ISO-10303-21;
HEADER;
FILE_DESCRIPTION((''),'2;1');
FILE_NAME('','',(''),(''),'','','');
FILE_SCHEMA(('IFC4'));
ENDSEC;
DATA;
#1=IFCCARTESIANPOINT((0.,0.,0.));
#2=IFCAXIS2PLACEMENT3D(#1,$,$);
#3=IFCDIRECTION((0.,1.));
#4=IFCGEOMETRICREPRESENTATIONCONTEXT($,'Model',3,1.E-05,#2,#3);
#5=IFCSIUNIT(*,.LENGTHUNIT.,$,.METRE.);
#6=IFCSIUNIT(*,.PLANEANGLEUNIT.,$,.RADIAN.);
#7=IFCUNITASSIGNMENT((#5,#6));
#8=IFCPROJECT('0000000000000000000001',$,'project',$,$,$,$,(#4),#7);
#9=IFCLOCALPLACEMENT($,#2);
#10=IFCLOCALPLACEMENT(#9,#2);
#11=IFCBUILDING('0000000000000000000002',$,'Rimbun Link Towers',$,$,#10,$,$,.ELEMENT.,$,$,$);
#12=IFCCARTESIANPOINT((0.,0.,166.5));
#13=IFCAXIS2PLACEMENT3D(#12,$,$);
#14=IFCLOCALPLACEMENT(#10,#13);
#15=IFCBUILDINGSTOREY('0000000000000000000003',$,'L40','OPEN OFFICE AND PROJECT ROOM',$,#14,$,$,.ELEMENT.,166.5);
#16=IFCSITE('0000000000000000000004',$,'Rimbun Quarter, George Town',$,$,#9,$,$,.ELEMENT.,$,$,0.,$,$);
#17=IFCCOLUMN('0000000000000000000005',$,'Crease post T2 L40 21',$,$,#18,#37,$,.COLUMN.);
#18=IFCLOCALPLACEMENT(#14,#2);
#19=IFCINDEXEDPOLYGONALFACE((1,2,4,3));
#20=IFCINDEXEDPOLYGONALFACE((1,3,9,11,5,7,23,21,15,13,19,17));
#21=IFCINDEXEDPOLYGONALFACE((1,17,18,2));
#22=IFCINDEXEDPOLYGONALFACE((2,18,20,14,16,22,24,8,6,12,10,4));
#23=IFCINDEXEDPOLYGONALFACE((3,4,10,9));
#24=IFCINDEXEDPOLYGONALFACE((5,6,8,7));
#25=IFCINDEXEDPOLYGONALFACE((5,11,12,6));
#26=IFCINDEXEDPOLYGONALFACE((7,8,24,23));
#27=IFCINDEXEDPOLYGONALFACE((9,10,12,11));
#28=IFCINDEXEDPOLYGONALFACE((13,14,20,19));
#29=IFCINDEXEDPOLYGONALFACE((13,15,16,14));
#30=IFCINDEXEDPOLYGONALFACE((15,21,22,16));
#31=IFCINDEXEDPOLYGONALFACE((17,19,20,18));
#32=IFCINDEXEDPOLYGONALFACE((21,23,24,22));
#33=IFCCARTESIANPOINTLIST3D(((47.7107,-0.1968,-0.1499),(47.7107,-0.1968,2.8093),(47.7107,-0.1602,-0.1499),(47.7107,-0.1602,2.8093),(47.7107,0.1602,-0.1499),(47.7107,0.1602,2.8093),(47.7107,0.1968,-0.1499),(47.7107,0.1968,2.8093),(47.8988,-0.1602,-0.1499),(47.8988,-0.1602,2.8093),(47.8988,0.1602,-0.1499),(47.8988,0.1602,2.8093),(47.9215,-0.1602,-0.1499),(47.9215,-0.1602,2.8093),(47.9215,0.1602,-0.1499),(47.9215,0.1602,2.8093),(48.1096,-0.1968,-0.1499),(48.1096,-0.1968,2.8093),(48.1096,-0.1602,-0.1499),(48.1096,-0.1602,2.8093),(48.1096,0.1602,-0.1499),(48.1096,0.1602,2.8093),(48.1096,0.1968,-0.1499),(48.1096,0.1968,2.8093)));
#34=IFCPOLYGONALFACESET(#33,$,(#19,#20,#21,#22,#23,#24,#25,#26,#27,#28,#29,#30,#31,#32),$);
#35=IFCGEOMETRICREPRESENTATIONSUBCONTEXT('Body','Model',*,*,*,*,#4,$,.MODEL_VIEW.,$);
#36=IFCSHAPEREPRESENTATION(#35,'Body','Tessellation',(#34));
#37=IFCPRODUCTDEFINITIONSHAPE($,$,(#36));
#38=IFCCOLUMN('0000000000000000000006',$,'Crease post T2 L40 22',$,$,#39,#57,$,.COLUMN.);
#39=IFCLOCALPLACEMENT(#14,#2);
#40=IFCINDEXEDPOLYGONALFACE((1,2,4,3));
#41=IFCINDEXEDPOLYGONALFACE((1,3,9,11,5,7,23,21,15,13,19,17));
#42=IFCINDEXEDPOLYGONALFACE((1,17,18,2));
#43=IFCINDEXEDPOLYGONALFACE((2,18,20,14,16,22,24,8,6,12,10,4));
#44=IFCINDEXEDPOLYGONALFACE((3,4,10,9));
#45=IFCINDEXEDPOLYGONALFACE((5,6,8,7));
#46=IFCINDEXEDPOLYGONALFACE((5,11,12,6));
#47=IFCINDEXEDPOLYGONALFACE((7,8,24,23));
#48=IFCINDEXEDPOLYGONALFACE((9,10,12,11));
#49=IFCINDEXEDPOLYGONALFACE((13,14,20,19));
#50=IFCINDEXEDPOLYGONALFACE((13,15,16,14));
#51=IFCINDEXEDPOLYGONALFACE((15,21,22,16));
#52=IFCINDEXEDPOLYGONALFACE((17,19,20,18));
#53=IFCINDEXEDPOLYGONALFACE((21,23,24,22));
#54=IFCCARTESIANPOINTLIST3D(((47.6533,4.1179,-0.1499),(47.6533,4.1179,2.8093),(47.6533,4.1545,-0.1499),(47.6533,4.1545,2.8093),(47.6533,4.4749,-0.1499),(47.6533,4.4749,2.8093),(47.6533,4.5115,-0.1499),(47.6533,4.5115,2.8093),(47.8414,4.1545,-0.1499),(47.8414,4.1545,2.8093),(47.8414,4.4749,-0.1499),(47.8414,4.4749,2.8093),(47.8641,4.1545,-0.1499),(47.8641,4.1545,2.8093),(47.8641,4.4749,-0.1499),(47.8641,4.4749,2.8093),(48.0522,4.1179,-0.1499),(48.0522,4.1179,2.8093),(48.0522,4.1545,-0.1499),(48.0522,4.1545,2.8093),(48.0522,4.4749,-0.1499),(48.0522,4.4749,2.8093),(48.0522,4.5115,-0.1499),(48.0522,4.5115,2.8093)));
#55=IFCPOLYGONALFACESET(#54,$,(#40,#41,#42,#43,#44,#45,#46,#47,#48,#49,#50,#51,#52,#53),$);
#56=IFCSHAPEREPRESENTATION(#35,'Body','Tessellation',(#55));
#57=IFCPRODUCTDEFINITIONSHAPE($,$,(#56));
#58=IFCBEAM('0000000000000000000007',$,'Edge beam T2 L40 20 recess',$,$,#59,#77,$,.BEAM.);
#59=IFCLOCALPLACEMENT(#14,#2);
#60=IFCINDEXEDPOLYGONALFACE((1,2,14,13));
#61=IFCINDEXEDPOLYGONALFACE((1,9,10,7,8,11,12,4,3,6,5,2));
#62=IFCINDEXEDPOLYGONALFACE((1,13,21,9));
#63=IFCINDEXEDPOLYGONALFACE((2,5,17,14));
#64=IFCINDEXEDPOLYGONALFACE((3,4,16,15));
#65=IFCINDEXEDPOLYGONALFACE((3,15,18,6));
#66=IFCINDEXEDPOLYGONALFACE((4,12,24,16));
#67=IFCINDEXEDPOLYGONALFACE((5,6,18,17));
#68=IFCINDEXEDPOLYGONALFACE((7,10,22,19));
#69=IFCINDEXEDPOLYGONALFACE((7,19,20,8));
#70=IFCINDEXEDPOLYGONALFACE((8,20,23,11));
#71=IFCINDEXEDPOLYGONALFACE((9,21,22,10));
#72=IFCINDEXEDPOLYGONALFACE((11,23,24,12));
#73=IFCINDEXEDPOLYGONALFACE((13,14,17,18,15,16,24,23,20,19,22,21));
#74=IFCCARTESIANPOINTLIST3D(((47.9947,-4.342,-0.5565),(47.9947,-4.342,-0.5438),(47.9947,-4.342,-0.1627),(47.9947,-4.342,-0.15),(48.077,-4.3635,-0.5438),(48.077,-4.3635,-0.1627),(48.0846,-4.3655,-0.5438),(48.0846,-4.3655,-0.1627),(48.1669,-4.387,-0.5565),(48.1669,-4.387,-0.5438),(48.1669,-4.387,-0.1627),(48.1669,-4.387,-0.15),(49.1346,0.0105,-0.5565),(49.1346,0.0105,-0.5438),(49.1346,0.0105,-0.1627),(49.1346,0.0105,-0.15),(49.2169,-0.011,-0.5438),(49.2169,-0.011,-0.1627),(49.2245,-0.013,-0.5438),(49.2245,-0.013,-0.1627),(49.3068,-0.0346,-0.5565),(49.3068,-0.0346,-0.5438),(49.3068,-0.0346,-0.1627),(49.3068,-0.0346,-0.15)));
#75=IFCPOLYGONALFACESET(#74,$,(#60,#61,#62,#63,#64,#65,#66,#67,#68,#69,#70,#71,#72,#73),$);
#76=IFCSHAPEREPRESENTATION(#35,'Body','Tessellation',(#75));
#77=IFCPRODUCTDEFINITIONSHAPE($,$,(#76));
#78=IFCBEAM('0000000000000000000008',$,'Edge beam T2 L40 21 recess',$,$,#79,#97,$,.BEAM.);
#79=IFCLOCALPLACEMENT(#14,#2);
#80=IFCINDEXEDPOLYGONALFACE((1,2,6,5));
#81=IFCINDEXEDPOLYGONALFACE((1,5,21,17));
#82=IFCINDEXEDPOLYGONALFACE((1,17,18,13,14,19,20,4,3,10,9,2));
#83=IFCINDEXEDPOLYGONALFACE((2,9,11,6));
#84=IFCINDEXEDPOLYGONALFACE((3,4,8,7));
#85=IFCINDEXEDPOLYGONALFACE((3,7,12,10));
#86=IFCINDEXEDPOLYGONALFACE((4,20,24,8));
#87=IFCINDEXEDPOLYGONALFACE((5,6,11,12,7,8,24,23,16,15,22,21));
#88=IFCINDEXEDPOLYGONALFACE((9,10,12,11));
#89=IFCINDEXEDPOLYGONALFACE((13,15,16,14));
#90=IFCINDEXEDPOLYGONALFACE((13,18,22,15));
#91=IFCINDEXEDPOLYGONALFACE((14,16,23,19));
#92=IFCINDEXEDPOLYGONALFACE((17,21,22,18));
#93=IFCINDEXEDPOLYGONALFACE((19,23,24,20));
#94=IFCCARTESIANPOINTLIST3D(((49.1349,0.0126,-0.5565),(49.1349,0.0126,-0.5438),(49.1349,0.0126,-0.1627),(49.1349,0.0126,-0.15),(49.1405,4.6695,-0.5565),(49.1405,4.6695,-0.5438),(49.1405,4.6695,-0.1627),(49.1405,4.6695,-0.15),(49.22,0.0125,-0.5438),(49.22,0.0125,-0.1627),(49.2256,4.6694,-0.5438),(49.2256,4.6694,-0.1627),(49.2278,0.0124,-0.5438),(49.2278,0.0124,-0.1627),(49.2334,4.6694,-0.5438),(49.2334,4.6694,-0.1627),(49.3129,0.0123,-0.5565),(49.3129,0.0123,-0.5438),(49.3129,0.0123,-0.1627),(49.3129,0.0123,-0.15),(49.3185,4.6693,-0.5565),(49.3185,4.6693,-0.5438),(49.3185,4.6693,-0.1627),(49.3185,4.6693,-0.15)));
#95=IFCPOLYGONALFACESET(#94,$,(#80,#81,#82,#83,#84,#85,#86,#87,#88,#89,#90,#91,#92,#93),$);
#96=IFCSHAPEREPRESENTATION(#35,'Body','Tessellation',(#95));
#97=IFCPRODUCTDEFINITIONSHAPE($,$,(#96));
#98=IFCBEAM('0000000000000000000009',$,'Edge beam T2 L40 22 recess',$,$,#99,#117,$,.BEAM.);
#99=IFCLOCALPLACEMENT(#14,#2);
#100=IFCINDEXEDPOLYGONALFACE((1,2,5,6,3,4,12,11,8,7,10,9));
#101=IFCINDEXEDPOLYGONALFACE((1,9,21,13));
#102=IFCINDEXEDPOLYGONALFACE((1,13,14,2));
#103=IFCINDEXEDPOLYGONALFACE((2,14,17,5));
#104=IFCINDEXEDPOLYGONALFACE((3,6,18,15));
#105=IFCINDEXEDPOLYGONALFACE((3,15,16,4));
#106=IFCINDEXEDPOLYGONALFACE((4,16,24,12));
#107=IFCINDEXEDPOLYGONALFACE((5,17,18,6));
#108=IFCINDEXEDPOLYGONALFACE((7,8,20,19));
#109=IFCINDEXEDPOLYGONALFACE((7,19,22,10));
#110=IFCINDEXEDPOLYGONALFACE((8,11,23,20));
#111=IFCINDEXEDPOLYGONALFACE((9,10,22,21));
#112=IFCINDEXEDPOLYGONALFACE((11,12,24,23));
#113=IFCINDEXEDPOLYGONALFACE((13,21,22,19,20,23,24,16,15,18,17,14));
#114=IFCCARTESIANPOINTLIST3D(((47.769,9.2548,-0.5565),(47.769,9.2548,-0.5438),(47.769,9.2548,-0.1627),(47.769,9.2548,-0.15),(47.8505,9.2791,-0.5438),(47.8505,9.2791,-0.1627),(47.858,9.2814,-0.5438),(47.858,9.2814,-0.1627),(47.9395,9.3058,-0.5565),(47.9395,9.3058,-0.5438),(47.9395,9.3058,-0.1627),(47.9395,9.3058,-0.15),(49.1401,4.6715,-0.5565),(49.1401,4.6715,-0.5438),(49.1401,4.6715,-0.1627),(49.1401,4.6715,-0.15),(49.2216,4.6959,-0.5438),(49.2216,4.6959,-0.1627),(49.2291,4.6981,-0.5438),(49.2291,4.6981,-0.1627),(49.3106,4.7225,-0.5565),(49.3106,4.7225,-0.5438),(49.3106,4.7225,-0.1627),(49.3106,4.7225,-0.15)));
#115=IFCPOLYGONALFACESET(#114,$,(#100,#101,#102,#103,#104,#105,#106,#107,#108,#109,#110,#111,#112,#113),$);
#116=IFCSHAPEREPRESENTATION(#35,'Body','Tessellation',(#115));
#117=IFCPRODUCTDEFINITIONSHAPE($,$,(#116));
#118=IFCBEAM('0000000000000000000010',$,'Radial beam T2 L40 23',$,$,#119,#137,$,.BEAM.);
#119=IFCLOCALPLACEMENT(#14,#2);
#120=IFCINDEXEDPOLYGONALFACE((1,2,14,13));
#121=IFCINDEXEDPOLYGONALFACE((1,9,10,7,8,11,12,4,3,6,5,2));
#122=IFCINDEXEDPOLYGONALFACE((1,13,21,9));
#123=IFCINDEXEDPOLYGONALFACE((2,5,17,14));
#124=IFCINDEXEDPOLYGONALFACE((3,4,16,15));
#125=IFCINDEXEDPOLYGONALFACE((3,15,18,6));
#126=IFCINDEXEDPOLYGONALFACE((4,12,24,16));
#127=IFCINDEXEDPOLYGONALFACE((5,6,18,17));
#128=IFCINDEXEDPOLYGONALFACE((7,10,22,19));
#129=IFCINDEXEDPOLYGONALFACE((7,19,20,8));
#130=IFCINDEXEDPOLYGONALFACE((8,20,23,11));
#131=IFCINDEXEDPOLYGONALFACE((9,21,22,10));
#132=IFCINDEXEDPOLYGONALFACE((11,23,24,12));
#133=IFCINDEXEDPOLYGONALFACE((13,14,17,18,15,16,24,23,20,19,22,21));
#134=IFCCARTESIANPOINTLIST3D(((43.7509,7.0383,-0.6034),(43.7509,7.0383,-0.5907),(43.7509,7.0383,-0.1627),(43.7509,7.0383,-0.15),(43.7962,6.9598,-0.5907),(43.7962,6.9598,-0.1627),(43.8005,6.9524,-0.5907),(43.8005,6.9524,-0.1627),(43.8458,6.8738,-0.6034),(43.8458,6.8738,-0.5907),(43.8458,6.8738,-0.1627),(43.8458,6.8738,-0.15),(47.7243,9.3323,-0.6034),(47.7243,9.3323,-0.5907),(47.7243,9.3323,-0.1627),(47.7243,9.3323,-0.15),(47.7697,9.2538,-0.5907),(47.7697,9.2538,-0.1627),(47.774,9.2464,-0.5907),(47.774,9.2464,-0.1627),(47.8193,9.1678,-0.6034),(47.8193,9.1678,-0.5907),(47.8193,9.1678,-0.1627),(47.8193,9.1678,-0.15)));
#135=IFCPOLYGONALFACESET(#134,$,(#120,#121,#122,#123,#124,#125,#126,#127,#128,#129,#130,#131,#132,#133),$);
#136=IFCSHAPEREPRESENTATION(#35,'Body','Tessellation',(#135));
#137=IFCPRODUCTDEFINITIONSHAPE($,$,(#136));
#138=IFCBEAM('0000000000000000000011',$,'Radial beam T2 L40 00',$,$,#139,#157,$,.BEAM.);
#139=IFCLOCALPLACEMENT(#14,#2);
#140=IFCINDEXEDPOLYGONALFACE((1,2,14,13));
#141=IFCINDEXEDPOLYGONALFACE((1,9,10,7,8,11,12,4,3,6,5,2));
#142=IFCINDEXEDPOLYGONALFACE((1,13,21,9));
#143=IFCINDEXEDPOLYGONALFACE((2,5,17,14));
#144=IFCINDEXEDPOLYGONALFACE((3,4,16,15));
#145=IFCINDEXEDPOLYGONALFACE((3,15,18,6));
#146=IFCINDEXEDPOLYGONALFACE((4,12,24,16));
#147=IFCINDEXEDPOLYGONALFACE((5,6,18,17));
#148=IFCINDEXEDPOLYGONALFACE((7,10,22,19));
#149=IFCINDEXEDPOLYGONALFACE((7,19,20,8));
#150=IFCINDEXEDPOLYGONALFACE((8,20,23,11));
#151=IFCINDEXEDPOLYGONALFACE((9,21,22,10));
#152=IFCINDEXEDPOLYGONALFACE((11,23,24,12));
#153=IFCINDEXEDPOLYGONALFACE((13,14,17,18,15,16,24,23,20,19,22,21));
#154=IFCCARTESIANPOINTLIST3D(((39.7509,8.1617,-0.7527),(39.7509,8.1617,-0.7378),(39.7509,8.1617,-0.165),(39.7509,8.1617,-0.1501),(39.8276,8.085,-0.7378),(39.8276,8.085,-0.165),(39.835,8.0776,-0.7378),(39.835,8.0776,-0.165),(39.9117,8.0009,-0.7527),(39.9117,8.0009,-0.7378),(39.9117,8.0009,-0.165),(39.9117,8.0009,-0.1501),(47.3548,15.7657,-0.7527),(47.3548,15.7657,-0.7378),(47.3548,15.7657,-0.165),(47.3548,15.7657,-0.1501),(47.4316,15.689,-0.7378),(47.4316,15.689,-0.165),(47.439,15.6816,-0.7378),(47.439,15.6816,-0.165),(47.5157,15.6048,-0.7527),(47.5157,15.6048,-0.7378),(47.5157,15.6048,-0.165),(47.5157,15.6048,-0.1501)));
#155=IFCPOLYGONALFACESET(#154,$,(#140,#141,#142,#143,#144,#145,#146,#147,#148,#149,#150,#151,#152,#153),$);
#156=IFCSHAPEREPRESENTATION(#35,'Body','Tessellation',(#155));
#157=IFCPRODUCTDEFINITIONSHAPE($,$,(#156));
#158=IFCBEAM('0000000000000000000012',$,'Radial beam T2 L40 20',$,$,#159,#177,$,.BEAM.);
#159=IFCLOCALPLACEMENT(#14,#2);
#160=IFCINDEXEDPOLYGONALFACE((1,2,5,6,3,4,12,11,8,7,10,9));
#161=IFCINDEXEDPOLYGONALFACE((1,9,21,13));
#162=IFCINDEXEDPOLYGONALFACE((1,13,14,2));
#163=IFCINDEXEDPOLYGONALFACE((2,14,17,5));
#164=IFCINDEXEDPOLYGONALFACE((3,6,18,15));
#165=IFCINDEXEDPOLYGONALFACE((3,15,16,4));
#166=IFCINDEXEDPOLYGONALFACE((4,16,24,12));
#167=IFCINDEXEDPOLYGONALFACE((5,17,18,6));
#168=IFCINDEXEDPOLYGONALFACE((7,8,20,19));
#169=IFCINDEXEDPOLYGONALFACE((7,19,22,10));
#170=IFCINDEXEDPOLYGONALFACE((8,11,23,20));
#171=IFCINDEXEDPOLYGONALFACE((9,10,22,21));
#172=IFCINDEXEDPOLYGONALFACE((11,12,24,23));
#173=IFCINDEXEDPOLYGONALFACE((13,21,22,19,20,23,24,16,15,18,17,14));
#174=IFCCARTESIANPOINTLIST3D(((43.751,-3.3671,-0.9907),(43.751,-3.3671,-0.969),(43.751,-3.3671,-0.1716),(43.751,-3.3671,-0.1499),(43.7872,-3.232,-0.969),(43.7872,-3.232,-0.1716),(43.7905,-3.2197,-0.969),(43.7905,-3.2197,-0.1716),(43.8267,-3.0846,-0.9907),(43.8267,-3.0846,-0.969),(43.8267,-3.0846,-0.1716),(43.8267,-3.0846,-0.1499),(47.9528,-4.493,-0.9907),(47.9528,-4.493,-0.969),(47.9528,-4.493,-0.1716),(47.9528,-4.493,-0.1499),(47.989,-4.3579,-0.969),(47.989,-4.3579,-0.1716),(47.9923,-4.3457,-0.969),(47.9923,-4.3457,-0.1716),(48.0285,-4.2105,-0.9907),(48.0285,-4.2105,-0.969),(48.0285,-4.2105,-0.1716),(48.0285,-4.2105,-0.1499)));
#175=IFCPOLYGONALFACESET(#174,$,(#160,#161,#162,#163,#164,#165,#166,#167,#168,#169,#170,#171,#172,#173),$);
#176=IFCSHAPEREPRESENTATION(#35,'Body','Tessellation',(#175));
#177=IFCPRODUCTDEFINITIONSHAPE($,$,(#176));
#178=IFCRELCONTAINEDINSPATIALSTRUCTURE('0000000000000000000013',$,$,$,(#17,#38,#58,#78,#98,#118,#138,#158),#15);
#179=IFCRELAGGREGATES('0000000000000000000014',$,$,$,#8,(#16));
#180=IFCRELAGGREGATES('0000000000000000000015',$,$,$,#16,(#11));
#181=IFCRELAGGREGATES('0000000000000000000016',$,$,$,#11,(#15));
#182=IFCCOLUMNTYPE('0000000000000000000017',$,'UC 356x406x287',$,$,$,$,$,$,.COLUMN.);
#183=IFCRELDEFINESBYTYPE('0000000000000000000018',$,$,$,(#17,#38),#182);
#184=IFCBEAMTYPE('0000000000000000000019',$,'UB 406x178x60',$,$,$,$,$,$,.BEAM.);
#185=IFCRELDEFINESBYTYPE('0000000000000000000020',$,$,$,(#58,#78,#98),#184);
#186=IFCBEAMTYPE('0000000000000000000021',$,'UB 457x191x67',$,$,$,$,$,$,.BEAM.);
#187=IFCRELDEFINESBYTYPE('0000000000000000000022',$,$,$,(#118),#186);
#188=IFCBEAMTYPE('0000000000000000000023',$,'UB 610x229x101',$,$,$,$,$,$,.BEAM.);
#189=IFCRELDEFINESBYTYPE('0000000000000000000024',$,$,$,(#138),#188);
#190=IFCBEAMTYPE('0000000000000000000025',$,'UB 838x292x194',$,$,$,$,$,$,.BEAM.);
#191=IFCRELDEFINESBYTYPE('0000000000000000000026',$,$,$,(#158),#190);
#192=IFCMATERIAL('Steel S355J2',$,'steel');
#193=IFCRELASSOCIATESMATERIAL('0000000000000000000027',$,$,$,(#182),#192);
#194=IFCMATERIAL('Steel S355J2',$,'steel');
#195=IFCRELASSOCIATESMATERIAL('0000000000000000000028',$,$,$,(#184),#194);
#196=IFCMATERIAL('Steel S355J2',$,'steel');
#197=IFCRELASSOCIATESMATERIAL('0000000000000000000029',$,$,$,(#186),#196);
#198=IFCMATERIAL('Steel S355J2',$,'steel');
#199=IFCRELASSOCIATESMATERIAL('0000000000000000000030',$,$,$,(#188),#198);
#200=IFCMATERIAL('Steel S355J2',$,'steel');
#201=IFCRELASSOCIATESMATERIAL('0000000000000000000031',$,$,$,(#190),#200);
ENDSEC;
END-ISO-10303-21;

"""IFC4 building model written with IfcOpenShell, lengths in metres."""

from ifc_helpers import new_model, si_unit, direction, frame, origin, origin_2d, place, context, subcontext, project, spatial, i_section, extrude, material, material_profile, profile_set, type_object, element, save


model = new_model("IFC4")

# Units and contexts
model_context = context("Model", 3, precision=1e-05, world=origin(), true_north=direction((0.0, 1.0)))
body_context = subcontext(model_context, "Body", "Model", "MODEL_VIEW")
ifc_project = project(units=[si_unit("LENGTHUNIT", "METRE"), si_unit("PLANEANGLEUNIT", "RADIAN")], contexts=[model_context])

# Site, building, storey
site_placement = place(None, origin())
site = spatial("IfcSite", under=ifc_project, at=site_placement, Name="Rimbun Quarter, George Town", CompositionType="ELEMENT", RefElevation=0.0)
building_placement = place(site_placement, origin())
building = spatial("IfcBuilding", under=site, at=building_placement, Name="Rimbun Link Towers", CompositionType="ELEMENT")
storey_placement = place(building_placement, frame((0.0, 0.0, 166.5)))
storey = spatial("IfcBuildingStorey", under=building, at=storey_placement, Name="L40", Description="OPEN OFFICE AND PROJECT ROOM", CompositionType="ELEMENT", Elevation=166.5)

# Columns
ifc_material_1 = material(Name="Steel S355J2", Category="steel")
ifc_material_profile_1 = material_profile(ifc_material_1, i_section(OverallWidth=0.3989, OverallDepth=0.3936, WebThickness=0.0227, FlangeThickness=0.0366, at=origin_2d()), Name="UC 356x406x287")
ifc_profile_set_1 = profile_set([ifc_material_profile_1], Name="Steel S355J2")
column_type = type_object("IfcColumnType", Name="UC 356x406x287", PredefinedType="COLUMN", material=ifc_profile_set_1)
for number, where, z_axis, x_axis, name in (
    (1, (47.9102, 0.0, -0.1499), (0.0, 0.0, 1.0), (1.0, 0.0, 0.0), "Crease post T2 L40 21"),
    (2, (47.8528, 4.3147, -0.1499), (0.0, 0.0, 1.0), (1.0, 0.0, 0.0), "Crease post T2 L40 22"),
):
    element("IfcColumn", number, at=place(storey_placement, frame(where, z_axis=z_axis, x_axis=x_axis)), inside=storey, type_object=column_type, Name=name, PredefinedType="COLUMN", context=body_context, shape_type="SweptSolid", body=[
        extrude(i_section(OverallWidth=0.3989, OverallDepth=0.3936, WebThickness=0.0227, FlangeThickness=0.0366, at=origin_2d()), origin(), (0.0, 0.0, 1.0), 2.9592),
    ])

# Beams
ifc_material_2 = material(Name="Steel S355J2", Category="steel")
ifc_material_profile_2 = material_profile(ifc_material_2, i_section(OverallWidth=0.178, OverallDepth=0.4065, WebThickness=0.0078, FlangeThickness=0.0127, at=origin_2d()), Name="UB 406x178x60")
ifc_profile_set_2 = profile_set([ifc_material_profile_2], Name="Steel S355J2")
beam_type_1 = type_object("IfcBeamType", Name="UB 406x178x60", PredefinedType="BEAM", material=ifc_profile_set_2)
beam_1_placement = place(storey_placement, frame((48.0808, -4.3645, -0.3533), z_axis=(0.253347, 0.967375, 0.0), x_axis=(-0.967375, 0.253347, 0.0)))
element("IfcBeam", 3, at=beam_1_placement, inside=storey, type_object=beam_type_1, Name="Edge beam T2 L40 20 recess", PredefinedType="BEAM", context=body_context, shape_type="SweptSolid", body=[
    extrude(i_section(OverallWidth=0.178, OverallDepth=0.4065, WebThickness=0.0078, FlangeThickness=0.0127, at=origin_2d()), origin(), (0.0, 0.0, 1.0), 4.4993),
])
beam_2_placement = place(storey_placement, frame((49.2239, 0.0125, -0.3533), z_axis=(0.001206, 0.999999, 0.0), x_axis=(-0.999999, 0.001206, 0.0)))
element("IfcBeam", 4, at=beam_2_placement, inside=storey, type_object=beam_type_1, Name="Edge beam T2 L40 21 recess", PredefinedType="BEAM", context=body_context, shape_type="SweptSolid", body=[
    extrude(i_section(OverallWidth=0.178, OverallDepth=0.4065, WebThickness=0.0078, FlangeThickness=0.0127, at=origin_2d()), origin(), (0.0, 0.0, 1.0), 4.657),
])
beam_3_placement = place(storey_placement, frame((49.2253, 4.697, -0.3533), z_axis=(-0.286603, 0.958049, 0.0), x_axis=(-0.958049, -0.286603, 0.0)))
element("IfcBeam", 5, at=beam_3_placement, inside=storey, type_object=beam_type_1, Name="Edge beam T2 L40 22 recess", PredefinedType="BEAM", context=body_context, shape_type="SweptSolid", body=[
    extrude(i_section(OverallWidth=0.178, OverallDepth=0.4065, WebThickness=0.0078, FlangeThickness=0.0127, at=origin_2d()), origin(), (0.0, 0.0, 1.0), 4.7839),
])
ifc_material_3 = material(Name="Steel S355J2", Category="steel")
ifc_material_profile_3 = material_profile(ifc_material_3, i_section(OverallWidth=0.1899, OverallDepth=0.4534, WebThickness=0.0085, FlangeThickness=0.0127, at=origin_2d()), Name="UB 457x191x67")
ifc_profile_set_3 = profile_set([ifc_material_profile_3], Name="Steel S355J2")
beam_type_2 = type_object("IfcBeamType", Name="UB 457x191x67", PredefinedType="BEAM", material=ifc_profile_set_3)
beam_4_placement = place(storey_placement, frame((43.7983, 6.9561, -0.3767), z_axis=(0.866034, 0.499985, 0.0), x_axis=(-0.499985, 0.866034, 0.0)))
element("IfcBeam", 6, at=beam_4_placement, inside=storey, type_object=beam_type_2, Name="Radial beam T2 L40 23", PredefinedType="BEAM", context=body_context, shape_type="SweptSolid", body=[
    extrude(i_section(OverallWidth=0.1899, OverallDepth=0.4534, WebThickness=0.0085, FlangeThickness=0.0127, at=origin_2d()), origin(), (0.0, 0.0, 1.0), 4.5881),
])
ifc_material_4 = material(Name="Steel S355J2", Category="steel")
ifc_material_profile_4 = material_profile(ifc_material_4, i_section(OverallWidth=0.2275, OverallDepth=0.6025, WebThickness=0.0105, FlangeThickness=0.0149, at=origin_2d()), Name="UB 610x229x101")
ifc_profile_set_4 = profile_set([ifc_material_profile_4], Name="Steel S355J2")
beam_type_3 = type_object("IfcBeamType", Name="UB 610x229x101", PredefinedType="BEAM", material=ifc_profile_set_4)
beam_5_placement = place(storey_placement, frame((39.8313, 8.0813, -0.4514), z_axis=(0.707107, 0.707107, 0.0), x_axis=(-0.707107, 0.707107, 0.0)))
element("IfcBeam", 7, at=beam_5_placement, inside=storey, type_object=beam_type_3, Name="Radial beam T2 L40 00", PredefinedType="BEAM", context=body_context, shape_type="SweptSolid", body=[
    extrude(i_section(OverallWidth=0.2275, OverallDepth=0.6025, WebThickness=0.0105, FlangeThickness=0.0149, at=origin_2d()), origin(), (0.0, 0.0, 1.0), 10.7537),
])
ifc_material_5 = material(Name="Steel S355J2", Category="steel")
ifc_material_profile_5 = material_profile(ifc_material_5, i_section(OverallWidth=0.2925, OverallDepth=0.8408, WebThickness=0.0127, FlangeThickness=0.0217, at=origin_2d()), Name="UB 838x292x194")
ifc_profile_set_5 = profile_set([ifc_material_profile_5], Name="Steel S355J2")
beam_type_4 = type_object("IfcBeamType", Name="UB 838x292x194", PredefinedType="BEAM", material=ifc_profile_set_5)
beam_6_placement = place(storey_placement, frame((43.7888, -3.2258, -0.5703), z_axis=(0.965921, -0.258836, 0.0), x_axis=(0.258836, 0.965921, 0.0)))
element("IfcBeam", 8, at=beam_6_placement, inside=storey, type_object=beam_type_4, Name="Radial beam T2 L40 20", PredefinedType="BEAM", context=body_context, shape_type="SweptSolid", body=[
    extrude(i_section(OverallWidth=0.2925, OverallDepth=0.8408, WebThickness=0.0127, FlangeThickness=0.0217, at=origin_2d()), origin(), (0.0, 0.0, 1.0), 4.3501),
])

save(model, "model.ifc")
